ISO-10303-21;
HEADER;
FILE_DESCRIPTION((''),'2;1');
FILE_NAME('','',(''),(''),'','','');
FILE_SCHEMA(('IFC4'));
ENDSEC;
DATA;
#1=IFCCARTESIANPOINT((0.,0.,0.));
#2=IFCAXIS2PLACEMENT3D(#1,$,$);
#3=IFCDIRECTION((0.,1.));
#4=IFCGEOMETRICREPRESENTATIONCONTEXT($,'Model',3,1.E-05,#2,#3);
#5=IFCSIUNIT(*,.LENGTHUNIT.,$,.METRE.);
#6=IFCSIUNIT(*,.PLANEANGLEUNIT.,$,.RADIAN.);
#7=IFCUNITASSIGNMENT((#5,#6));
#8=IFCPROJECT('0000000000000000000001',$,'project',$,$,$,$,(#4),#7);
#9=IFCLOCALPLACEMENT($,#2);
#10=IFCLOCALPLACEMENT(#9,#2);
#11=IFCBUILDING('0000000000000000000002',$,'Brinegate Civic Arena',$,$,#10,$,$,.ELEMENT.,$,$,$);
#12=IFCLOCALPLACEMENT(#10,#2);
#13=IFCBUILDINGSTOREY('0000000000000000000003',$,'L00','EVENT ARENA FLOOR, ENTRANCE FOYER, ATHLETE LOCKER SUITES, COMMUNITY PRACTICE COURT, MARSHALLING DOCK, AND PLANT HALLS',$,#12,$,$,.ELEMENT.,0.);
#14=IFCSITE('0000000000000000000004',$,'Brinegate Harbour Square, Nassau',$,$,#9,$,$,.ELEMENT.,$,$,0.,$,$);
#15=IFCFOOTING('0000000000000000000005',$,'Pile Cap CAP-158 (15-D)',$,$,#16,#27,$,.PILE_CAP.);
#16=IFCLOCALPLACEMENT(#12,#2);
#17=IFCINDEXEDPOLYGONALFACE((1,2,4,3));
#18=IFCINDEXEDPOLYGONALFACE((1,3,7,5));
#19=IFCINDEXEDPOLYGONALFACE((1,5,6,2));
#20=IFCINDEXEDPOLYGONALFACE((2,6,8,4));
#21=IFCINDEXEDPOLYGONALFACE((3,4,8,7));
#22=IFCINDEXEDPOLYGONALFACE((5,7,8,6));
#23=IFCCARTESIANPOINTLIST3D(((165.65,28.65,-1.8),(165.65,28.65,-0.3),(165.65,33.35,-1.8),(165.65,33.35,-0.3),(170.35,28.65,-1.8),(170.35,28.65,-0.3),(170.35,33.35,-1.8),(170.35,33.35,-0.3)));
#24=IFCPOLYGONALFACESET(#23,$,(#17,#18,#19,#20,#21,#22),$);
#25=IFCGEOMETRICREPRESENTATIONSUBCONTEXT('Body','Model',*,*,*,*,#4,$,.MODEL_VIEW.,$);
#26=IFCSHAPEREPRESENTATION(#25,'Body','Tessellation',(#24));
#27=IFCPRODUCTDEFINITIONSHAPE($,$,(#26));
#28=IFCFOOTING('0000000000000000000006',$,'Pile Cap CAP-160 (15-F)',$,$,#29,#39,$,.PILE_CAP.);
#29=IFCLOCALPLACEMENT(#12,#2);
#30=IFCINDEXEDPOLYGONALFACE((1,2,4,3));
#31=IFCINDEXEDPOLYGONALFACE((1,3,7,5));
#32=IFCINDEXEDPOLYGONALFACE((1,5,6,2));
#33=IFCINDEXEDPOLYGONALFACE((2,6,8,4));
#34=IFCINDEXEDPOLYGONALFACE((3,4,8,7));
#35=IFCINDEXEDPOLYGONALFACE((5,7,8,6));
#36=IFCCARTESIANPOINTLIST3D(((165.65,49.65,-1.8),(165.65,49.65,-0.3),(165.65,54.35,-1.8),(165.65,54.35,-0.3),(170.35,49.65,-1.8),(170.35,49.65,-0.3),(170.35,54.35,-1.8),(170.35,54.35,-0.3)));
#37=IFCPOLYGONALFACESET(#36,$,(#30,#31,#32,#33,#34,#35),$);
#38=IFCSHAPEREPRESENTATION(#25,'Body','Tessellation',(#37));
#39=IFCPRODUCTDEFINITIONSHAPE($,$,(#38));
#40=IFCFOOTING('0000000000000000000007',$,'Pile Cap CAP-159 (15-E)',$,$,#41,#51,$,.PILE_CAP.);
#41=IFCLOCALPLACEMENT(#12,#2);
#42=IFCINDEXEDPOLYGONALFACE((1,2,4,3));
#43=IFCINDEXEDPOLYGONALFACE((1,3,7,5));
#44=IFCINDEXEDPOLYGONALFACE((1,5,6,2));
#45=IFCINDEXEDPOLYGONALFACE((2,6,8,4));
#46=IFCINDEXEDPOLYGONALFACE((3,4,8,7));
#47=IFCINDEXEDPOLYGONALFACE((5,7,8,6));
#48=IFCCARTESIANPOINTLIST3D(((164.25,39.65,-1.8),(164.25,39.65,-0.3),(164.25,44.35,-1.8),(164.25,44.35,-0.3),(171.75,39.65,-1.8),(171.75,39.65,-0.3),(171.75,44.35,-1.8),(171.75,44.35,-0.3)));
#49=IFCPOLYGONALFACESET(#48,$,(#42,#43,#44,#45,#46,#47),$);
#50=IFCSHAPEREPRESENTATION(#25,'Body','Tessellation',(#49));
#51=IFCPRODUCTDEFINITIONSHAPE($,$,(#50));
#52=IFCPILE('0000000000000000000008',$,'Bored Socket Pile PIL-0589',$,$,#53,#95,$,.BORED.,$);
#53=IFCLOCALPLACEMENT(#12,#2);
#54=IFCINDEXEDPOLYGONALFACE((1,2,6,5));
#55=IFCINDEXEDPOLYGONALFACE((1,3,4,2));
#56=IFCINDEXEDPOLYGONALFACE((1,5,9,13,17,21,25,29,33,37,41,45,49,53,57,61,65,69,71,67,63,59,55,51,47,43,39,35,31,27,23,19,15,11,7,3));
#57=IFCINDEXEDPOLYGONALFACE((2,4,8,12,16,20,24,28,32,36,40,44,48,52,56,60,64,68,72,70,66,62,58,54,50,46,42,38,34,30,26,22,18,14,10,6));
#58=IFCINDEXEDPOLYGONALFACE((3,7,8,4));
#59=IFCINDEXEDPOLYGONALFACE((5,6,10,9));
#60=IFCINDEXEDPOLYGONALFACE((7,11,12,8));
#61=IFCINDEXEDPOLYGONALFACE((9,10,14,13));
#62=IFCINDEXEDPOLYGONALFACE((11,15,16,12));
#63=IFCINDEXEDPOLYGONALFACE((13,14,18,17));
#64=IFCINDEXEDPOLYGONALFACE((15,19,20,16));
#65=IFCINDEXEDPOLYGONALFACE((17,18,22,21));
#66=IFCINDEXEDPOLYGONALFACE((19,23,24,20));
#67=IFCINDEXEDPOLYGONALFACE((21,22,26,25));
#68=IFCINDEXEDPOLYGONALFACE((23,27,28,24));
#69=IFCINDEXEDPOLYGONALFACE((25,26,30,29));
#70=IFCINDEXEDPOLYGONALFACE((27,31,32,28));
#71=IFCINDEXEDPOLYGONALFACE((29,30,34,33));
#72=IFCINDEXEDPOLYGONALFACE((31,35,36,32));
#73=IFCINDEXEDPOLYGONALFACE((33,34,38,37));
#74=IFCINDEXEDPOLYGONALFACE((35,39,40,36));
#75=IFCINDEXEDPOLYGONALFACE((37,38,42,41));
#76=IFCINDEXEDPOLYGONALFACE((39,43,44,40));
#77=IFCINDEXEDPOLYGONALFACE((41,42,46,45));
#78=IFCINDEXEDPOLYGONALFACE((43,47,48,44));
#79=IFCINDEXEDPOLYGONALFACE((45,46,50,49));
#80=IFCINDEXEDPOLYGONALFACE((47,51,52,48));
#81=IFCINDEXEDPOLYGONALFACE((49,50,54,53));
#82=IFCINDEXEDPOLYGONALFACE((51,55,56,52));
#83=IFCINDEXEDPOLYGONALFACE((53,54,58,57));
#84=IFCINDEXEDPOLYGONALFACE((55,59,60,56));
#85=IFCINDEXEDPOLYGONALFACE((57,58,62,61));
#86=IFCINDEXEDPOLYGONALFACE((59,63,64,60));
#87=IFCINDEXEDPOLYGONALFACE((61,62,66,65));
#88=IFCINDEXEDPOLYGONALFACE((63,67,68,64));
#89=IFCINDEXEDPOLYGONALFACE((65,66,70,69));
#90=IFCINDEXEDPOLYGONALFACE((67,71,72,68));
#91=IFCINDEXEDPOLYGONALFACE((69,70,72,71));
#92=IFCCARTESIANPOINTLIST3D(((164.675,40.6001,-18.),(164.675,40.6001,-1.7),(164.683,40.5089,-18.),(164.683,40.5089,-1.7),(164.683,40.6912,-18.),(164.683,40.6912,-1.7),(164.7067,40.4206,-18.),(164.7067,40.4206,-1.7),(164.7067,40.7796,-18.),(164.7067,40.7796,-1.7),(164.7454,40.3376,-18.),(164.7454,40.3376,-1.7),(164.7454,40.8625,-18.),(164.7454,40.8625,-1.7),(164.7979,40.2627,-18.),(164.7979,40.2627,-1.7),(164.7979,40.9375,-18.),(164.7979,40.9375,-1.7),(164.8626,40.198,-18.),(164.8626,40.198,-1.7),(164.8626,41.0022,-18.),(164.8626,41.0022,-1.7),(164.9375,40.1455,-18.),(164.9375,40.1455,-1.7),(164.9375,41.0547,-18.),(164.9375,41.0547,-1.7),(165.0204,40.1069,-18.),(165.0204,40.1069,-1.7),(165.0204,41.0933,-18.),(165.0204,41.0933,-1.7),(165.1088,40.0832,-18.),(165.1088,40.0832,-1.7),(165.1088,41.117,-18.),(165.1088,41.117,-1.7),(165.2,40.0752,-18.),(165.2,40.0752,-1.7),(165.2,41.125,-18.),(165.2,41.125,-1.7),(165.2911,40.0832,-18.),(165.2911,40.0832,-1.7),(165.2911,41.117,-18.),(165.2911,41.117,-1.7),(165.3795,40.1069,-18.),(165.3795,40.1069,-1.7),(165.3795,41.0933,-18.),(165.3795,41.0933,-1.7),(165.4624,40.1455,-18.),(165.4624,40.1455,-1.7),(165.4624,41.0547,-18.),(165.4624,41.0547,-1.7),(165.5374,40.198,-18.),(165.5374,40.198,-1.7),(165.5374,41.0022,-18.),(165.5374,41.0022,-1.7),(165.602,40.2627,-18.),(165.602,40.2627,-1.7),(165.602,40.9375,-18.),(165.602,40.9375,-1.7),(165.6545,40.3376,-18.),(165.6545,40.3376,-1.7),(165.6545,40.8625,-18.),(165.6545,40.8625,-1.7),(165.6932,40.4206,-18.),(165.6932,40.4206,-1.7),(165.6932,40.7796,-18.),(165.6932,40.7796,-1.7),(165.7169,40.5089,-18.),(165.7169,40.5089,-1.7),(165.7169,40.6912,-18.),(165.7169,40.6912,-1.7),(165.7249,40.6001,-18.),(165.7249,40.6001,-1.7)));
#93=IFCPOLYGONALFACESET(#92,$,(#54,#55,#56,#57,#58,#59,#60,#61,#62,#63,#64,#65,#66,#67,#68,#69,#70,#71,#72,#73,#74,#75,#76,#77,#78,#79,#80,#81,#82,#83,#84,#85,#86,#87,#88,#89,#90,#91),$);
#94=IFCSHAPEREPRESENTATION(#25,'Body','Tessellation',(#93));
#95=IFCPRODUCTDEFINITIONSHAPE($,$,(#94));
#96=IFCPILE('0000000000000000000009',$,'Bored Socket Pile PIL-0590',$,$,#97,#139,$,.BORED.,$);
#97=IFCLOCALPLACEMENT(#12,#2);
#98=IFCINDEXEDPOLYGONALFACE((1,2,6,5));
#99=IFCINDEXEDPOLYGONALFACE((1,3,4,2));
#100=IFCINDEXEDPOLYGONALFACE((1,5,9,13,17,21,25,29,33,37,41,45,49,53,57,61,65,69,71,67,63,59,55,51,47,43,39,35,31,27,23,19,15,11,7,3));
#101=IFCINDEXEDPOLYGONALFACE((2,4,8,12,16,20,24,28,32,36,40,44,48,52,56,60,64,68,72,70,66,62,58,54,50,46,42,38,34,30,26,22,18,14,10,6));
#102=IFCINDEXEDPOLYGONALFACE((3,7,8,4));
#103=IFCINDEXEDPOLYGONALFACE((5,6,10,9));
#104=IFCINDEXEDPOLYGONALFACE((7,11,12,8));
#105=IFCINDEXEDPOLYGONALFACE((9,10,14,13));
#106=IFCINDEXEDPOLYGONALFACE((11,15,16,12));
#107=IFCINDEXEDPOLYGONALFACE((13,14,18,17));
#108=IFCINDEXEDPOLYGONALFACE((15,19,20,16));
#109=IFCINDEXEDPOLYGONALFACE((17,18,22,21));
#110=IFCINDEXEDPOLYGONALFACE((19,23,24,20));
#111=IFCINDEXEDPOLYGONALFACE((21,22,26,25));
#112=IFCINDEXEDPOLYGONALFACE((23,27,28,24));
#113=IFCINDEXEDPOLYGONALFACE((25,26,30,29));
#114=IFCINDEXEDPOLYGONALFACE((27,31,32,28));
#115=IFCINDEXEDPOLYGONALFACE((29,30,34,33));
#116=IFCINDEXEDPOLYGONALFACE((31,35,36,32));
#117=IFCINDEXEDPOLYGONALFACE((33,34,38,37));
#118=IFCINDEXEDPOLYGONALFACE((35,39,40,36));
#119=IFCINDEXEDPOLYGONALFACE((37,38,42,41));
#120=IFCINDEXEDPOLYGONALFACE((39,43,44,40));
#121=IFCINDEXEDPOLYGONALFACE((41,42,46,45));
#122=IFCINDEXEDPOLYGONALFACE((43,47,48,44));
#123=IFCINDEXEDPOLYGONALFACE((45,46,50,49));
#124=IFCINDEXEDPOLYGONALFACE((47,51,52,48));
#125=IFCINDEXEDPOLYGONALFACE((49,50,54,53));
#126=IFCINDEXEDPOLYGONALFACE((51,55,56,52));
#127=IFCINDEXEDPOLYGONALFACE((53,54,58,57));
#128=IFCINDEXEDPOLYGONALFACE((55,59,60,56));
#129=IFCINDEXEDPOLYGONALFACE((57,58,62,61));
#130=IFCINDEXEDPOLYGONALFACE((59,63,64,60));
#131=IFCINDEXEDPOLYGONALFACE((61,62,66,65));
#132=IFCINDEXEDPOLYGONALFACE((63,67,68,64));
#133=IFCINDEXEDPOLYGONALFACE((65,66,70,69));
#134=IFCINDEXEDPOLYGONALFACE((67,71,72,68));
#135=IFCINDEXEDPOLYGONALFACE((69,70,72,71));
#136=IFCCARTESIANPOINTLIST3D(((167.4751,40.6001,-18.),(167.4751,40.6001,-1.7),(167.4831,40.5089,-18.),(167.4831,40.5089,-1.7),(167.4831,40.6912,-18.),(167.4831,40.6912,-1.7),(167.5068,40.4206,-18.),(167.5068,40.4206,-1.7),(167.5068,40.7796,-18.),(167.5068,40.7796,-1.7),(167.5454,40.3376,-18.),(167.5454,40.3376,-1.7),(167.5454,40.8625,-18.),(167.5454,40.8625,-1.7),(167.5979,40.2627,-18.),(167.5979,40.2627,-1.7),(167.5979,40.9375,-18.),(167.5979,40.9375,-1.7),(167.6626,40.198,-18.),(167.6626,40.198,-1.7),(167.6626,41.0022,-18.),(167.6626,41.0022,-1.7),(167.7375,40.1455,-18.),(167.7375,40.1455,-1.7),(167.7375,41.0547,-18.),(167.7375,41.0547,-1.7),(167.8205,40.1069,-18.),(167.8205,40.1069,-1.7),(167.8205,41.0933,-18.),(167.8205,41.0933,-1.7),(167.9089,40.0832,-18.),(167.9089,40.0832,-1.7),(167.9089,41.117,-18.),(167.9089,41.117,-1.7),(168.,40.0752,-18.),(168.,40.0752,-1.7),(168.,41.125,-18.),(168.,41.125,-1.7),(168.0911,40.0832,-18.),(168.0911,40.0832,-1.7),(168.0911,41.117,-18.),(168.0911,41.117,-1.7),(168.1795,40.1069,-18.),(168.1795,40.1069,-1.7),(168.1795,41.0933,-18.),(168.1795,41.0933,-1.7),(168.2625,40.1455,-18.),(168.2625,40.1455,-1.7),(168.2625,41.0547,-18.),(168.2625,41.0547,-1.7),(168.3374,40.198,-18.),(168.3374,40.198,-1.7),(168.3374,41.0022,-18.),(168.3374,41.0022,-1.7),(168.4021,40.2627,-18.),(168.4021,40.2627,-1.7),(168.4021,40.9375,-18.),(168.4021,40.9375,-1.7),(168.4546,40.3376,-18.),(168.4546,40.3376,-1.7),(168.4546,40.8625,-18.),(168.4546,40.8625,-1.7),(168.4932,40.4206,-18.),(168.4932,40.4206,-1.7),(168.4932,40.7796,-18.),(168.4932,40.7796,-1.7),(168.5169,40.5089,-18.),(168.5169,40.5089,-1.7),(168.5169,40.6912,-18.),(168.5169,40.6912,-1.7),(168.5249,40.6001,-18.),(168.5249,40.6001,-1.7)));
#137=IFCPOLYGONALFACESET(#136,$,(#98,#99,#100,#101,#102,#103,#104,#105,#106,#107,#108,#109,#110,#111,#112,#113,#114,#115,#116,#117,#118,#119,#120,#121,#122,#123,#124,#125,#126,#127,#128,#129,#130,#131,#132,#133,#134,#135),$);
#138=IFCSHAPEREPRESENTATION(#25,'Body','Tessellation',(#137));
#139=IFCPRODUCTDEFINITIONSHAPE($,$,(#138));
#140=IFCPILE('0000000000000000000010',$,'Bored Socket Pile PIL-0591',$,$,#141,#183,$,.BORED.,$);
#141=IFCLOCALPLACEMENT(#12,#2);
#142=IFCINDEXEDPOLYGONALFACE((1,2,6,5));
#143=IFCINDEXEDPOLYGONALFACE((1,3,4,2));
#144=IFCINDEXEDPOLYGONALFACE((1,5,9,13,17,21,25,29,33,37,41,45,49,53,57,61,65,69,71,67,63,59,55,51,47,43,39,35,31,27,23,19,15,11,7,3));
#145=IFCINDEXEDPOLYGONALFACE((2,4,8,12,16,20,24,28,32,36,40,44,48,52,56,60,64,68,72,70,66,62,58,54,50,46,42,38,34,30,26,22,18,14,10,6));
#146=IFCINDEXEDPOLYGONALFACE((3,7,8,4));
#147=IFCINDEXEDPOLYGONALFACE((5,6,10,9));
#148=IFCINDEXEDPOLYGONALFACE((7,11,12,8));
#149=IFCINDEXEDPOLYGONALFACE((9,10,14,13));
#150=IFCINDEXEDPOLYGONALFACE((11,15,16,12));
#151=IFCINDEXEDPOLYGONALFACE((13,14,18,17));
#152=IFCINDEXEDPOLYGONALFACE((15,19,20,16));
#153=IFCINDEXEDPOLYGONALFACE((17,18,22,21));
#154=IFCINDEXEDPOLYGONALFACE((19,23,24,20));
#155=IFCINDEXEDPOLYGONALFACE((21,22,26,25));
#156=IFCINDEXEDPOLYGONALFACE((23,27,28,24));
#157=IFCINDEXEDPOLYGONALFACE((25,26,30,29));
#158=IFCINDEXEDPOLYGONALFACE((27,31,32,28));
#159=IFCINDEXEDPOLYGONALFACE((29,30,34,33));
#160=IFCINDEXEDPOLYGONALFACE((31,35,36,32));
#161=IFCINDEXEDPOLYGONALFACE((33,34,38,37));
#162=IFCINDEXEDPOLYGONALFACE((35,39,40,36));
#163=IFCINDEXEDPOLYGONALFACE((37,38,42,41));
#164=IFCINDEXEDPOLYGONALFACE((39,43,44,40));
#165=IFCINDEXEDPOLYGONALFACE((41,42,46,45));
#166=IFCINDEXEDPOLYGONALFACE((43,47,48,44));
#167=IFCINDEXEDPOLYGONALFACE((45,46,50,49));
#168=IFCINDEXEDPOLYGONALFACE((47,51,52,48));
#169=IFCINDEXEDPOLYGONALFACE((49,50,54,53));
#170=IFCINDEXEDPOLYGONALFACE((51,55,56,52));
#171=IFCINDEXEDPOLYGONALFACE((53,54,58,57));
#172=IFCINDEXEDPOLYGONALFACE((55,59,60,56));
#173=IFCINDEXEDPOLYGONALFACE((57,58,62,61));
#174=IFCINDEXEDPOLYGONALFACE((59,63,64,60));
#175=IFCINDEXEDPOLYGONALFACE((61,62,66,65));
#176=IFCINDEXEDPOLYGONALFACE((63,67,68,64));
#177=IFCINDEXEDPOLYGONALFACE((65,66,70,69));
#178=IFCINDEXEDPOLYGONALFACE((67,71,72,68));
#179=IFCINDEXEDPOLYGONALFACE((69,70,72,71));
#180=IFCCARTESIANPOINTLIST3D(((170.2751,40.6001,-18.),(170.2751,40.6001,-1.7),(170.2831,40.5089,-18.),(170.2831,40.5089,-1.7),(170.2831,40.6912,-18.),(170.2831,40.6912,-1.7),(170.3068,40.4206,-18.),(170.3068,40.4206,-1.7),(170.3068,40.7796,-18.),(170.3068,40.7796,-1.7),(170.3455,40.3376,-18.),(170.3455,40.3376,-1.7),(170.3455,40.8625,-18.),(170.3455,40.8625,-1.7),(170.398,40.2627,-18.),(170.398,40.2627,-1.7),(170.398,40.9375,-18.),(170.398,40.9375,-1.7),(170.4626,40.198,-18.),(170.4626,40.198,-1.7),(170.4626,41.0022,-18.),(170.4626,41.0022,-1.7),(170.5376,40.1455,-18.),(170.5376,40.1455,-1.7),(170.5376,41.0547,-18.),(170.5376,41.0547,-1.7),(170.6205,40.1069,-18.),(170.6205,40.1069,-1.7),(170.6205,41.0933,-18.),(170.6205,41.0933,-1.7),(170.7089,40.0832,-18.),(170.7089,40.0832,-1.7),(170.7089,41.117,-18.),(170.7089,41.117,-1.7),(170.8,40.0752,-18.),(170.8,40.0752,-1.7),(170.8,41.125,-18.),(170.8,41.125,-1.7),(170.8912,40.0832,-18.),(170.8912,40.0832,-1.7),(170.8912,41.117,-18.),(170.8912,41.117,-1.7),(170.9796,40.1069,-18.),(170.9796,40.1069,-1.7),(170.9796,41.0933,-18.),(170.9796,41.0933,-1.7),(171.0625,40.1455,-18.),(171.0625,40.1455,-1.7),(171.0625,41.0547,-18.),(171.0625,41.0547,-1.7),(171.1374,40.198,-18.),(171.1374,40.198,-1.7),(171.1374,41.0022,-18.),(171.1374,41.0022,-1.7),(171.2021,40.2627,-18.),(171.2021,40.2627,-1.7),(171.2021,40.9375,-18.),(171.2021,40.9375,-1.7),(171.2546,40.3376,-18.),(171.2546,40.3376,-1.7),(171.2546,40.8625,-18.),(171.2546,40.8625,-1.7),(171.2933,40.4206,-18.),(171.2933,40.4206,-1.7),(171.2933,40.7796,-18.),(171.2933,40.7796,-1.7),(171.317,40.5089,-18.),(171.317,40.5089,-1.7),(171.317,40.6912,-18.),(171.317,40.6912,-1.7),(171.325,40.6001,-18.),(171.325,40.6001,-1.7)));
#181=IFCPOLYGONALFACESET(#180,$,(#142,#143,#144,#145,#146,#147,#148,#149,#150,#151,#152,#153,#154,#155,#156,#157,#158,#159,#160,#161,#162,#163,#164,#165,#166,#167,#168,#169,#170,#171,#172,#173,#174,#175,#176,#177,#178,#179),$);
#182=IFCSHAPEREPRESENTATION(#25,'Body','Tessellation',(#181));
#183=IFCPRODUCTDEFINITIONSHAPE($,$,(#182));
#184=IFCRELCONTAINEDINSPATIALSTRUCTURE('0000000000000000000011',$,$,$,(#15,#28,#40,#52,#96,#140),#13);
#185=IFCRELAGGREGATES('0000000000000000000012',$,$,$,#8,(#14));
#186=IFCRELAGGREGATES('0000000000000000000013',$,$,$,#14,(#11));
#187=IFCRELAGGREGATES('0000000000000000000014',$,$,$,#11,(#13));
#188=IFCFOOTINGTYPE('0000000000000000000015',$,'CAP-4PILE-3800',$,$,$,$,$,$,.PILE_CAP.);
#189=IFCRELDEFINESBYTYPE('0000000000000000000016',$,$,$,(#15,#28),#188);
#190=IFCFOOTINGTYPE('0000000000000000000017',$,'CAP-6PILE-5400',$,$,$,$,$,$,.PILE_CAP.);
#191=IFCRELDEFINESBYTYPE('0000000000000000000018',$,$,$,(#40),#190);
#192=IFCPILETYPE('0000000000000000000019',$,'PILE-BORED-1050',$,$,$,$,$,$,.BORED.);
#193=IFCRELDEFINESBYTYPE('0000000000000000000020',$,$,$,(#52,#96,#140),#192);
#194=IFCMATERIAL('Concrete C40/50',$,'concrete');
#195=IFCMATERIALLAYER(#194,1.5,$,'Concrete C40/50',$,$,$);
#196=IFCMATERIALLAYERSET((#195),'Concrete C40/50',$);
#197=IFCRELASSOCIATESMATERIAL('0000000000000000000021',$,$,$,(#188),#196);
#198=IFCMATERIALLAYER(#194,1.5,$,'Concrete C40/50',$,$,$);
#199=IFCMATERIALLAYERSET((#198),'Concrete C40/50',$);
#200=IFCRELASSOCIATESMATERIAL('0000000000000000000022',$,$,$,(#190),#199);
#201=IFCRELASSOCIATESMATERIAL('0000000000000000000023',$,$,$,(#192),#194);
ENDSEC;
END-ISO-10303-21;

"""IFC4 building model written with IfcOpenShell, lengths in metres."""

from ifc_helpers import new_model, si_unit, direction, frame, origin, origin_2d, place, context, subcontext, project, spatial, rectangle, circle, extrude, material, layer, layer_set, material_profile, profile_set, type_object, element, save


model = new_model("IFC4")

# Units and contexts
model_context = context("Model", 3, precision=1e-05, world=origin(), true_north=direction((0.0, 1.0)))
body_context = subcontext(model_context, "Body", "Model", "MODEL_VIEW")
ifc_project = project(units=[si_unit("LENGTHUNIT", "METRE"), si_unit("PLANEANGLEUNIT", "RADIAN")], contexts=[model_context])

# Site, building, storey
site_placement = place(None, origin())
site = spatial("IfcSite", under=ifc_project, at=site_placement, Name="Brinegate Harbour Square, Nassau", CompositionType="ELEMENT", RefElevation=0.0)
building_placement = place(site_placement, origin())
building = spatial("IfcBuilding", under=site, at=building_placement, Name="Brinegate Civic Arena", CompositionType="ELEMENT")
storey_placement = place(building_placement, origin())
storey = spatial("IfcBuildingStorey", under=building, at=storey_placement, Name="L00", Description="EVENT ARENA FLOOR, ENTRANCE FOYER, ATHLETE LOCKER SUITES, COMMUNITY PRACTICE COURT, MARSHALLING DOCK, AND PLANT HALLS", CompositionType="ELEMENT", Elevation=0.0)

# Footings
ifc_material_1 = material(Name="Concrete C40/50", Category="concrete")
ifc_layer_1 = layer(ifc_material_1, 1.5, Name="Concrete C40/50")
ifc_layer_set_1 = layer_set([ifc_layer_1], Name="Concrete C40/50")
footing_type_1 = type_object("IfcFootingType", Name="CAP-4PILE-3800", PredefinedType="PILE_CAP", material=ifc_layer_set_1)
for number, where, z_axis, x_axis, name in (
    (1, (168.0, 31.0, -1.8), (0.0, 0.0, 1.0), (1.0, 0.0, 0.0), "Pile Cap CAP-158 (15-D)"),
    (2, (168.0, 52.0, -1.8), (0.0, 0.0, 1.0), (1.0, 0.0, 0.0), "Pile Cap CAP-160 (15-F)"),
):
    element("IfcFooting", number, at=place(storey_placement, frame(where, z_axis=z_axis, x_axis=x_axis)), inside=storey, type_object=footing_type_1, Name=name, PredefinedType="PILE_CAP", context=body_context, shape_type="SweptSolid", body=[
        extrude(rectangle(XDim=4.7, YDim=4.7, at=origin_2d()), origin(), (0.0, 0.0, 1.0), 1.5),
    ])
ifc_layer_2 = layer(ifc_material_1, 1.5, Name="Concrete C40/50")
ifc_layer_set_2 = layer_set([ifc_layer_2], Name="Concrete C40/50")
footing_type_2 = type_object("IfcFootingType", Name="CAP-6PILE-5400", PredefinedType="PILE_CAP", material=ifc_layer_set_2)
footing_1_placement = place(storey_placement, frame((168.0, 42.0, -1.8), z_axis=(0.0, 0.0, 1.0), x_axis=(1.0, 0.0, 0.0)))
element("IfcFooting", 3, at=footing_1_placement, inside=storey, type_object=footing_type_2, Name="Pile Cap CAP-159 (15-E)", PredefinedType="PILE_CAP", context=body_context, shape_type="SweptSolid", body=[
    extrude(rectangle(XDim=7.5, YDim=4.7, at=origin_2d()), origin(), (0.0, 0.0, 1.0), 1.5),
])

# Piles
ifc_material_profile_1 = material_profile(ifc_material_1, circle(Radius=0.5249, at=origin_2d()), Name="PILED1050")
ifc_profile_set_1 = profile_set([ifc_material_profile_1], Name="Concrete C40/50")
pile_type_1 = type_object("IfcPileType", Name="PILE-BORED-1050", PredefinedType="BORED", material=ifc_profile_set_1)
for number, where, z_axis, x_axis, name in (
    (4, (165.2, 40.6001, -1.7), (0.0, 0.0, -1.0), (1.0, 0.0, 0.0), "Bored Socket Pile PIL-0589"),
    (5, (168.0, 40.6001, -1.7), (0.0, 0.0, -1.0), (1.0, 0.0, 0.0), "Bored Socket Pile PIL-0590"),
    (6, (170.8, 40.6001, -1.7), (0.0, 0.0, -1.0), (1.0, 0.0, 0.0), "Bored Socket Pile PIL-0591"),
):
    element("IfcPile", number, at=place(storey_placement, frame(where, z_axis=z_axis, x_axis=x_axis)), inside=storey, type_object=pile_type_1, Name=name, PredefinedType="BORED", context=body_context, shape_type="SweptSolid", body=[
        extrude(circle(Radius=0.5249, at=origin_2d()), origin(), (0.0, 0.0, 1.0), 16.3),
    ])

save(model, "model.ifc")
